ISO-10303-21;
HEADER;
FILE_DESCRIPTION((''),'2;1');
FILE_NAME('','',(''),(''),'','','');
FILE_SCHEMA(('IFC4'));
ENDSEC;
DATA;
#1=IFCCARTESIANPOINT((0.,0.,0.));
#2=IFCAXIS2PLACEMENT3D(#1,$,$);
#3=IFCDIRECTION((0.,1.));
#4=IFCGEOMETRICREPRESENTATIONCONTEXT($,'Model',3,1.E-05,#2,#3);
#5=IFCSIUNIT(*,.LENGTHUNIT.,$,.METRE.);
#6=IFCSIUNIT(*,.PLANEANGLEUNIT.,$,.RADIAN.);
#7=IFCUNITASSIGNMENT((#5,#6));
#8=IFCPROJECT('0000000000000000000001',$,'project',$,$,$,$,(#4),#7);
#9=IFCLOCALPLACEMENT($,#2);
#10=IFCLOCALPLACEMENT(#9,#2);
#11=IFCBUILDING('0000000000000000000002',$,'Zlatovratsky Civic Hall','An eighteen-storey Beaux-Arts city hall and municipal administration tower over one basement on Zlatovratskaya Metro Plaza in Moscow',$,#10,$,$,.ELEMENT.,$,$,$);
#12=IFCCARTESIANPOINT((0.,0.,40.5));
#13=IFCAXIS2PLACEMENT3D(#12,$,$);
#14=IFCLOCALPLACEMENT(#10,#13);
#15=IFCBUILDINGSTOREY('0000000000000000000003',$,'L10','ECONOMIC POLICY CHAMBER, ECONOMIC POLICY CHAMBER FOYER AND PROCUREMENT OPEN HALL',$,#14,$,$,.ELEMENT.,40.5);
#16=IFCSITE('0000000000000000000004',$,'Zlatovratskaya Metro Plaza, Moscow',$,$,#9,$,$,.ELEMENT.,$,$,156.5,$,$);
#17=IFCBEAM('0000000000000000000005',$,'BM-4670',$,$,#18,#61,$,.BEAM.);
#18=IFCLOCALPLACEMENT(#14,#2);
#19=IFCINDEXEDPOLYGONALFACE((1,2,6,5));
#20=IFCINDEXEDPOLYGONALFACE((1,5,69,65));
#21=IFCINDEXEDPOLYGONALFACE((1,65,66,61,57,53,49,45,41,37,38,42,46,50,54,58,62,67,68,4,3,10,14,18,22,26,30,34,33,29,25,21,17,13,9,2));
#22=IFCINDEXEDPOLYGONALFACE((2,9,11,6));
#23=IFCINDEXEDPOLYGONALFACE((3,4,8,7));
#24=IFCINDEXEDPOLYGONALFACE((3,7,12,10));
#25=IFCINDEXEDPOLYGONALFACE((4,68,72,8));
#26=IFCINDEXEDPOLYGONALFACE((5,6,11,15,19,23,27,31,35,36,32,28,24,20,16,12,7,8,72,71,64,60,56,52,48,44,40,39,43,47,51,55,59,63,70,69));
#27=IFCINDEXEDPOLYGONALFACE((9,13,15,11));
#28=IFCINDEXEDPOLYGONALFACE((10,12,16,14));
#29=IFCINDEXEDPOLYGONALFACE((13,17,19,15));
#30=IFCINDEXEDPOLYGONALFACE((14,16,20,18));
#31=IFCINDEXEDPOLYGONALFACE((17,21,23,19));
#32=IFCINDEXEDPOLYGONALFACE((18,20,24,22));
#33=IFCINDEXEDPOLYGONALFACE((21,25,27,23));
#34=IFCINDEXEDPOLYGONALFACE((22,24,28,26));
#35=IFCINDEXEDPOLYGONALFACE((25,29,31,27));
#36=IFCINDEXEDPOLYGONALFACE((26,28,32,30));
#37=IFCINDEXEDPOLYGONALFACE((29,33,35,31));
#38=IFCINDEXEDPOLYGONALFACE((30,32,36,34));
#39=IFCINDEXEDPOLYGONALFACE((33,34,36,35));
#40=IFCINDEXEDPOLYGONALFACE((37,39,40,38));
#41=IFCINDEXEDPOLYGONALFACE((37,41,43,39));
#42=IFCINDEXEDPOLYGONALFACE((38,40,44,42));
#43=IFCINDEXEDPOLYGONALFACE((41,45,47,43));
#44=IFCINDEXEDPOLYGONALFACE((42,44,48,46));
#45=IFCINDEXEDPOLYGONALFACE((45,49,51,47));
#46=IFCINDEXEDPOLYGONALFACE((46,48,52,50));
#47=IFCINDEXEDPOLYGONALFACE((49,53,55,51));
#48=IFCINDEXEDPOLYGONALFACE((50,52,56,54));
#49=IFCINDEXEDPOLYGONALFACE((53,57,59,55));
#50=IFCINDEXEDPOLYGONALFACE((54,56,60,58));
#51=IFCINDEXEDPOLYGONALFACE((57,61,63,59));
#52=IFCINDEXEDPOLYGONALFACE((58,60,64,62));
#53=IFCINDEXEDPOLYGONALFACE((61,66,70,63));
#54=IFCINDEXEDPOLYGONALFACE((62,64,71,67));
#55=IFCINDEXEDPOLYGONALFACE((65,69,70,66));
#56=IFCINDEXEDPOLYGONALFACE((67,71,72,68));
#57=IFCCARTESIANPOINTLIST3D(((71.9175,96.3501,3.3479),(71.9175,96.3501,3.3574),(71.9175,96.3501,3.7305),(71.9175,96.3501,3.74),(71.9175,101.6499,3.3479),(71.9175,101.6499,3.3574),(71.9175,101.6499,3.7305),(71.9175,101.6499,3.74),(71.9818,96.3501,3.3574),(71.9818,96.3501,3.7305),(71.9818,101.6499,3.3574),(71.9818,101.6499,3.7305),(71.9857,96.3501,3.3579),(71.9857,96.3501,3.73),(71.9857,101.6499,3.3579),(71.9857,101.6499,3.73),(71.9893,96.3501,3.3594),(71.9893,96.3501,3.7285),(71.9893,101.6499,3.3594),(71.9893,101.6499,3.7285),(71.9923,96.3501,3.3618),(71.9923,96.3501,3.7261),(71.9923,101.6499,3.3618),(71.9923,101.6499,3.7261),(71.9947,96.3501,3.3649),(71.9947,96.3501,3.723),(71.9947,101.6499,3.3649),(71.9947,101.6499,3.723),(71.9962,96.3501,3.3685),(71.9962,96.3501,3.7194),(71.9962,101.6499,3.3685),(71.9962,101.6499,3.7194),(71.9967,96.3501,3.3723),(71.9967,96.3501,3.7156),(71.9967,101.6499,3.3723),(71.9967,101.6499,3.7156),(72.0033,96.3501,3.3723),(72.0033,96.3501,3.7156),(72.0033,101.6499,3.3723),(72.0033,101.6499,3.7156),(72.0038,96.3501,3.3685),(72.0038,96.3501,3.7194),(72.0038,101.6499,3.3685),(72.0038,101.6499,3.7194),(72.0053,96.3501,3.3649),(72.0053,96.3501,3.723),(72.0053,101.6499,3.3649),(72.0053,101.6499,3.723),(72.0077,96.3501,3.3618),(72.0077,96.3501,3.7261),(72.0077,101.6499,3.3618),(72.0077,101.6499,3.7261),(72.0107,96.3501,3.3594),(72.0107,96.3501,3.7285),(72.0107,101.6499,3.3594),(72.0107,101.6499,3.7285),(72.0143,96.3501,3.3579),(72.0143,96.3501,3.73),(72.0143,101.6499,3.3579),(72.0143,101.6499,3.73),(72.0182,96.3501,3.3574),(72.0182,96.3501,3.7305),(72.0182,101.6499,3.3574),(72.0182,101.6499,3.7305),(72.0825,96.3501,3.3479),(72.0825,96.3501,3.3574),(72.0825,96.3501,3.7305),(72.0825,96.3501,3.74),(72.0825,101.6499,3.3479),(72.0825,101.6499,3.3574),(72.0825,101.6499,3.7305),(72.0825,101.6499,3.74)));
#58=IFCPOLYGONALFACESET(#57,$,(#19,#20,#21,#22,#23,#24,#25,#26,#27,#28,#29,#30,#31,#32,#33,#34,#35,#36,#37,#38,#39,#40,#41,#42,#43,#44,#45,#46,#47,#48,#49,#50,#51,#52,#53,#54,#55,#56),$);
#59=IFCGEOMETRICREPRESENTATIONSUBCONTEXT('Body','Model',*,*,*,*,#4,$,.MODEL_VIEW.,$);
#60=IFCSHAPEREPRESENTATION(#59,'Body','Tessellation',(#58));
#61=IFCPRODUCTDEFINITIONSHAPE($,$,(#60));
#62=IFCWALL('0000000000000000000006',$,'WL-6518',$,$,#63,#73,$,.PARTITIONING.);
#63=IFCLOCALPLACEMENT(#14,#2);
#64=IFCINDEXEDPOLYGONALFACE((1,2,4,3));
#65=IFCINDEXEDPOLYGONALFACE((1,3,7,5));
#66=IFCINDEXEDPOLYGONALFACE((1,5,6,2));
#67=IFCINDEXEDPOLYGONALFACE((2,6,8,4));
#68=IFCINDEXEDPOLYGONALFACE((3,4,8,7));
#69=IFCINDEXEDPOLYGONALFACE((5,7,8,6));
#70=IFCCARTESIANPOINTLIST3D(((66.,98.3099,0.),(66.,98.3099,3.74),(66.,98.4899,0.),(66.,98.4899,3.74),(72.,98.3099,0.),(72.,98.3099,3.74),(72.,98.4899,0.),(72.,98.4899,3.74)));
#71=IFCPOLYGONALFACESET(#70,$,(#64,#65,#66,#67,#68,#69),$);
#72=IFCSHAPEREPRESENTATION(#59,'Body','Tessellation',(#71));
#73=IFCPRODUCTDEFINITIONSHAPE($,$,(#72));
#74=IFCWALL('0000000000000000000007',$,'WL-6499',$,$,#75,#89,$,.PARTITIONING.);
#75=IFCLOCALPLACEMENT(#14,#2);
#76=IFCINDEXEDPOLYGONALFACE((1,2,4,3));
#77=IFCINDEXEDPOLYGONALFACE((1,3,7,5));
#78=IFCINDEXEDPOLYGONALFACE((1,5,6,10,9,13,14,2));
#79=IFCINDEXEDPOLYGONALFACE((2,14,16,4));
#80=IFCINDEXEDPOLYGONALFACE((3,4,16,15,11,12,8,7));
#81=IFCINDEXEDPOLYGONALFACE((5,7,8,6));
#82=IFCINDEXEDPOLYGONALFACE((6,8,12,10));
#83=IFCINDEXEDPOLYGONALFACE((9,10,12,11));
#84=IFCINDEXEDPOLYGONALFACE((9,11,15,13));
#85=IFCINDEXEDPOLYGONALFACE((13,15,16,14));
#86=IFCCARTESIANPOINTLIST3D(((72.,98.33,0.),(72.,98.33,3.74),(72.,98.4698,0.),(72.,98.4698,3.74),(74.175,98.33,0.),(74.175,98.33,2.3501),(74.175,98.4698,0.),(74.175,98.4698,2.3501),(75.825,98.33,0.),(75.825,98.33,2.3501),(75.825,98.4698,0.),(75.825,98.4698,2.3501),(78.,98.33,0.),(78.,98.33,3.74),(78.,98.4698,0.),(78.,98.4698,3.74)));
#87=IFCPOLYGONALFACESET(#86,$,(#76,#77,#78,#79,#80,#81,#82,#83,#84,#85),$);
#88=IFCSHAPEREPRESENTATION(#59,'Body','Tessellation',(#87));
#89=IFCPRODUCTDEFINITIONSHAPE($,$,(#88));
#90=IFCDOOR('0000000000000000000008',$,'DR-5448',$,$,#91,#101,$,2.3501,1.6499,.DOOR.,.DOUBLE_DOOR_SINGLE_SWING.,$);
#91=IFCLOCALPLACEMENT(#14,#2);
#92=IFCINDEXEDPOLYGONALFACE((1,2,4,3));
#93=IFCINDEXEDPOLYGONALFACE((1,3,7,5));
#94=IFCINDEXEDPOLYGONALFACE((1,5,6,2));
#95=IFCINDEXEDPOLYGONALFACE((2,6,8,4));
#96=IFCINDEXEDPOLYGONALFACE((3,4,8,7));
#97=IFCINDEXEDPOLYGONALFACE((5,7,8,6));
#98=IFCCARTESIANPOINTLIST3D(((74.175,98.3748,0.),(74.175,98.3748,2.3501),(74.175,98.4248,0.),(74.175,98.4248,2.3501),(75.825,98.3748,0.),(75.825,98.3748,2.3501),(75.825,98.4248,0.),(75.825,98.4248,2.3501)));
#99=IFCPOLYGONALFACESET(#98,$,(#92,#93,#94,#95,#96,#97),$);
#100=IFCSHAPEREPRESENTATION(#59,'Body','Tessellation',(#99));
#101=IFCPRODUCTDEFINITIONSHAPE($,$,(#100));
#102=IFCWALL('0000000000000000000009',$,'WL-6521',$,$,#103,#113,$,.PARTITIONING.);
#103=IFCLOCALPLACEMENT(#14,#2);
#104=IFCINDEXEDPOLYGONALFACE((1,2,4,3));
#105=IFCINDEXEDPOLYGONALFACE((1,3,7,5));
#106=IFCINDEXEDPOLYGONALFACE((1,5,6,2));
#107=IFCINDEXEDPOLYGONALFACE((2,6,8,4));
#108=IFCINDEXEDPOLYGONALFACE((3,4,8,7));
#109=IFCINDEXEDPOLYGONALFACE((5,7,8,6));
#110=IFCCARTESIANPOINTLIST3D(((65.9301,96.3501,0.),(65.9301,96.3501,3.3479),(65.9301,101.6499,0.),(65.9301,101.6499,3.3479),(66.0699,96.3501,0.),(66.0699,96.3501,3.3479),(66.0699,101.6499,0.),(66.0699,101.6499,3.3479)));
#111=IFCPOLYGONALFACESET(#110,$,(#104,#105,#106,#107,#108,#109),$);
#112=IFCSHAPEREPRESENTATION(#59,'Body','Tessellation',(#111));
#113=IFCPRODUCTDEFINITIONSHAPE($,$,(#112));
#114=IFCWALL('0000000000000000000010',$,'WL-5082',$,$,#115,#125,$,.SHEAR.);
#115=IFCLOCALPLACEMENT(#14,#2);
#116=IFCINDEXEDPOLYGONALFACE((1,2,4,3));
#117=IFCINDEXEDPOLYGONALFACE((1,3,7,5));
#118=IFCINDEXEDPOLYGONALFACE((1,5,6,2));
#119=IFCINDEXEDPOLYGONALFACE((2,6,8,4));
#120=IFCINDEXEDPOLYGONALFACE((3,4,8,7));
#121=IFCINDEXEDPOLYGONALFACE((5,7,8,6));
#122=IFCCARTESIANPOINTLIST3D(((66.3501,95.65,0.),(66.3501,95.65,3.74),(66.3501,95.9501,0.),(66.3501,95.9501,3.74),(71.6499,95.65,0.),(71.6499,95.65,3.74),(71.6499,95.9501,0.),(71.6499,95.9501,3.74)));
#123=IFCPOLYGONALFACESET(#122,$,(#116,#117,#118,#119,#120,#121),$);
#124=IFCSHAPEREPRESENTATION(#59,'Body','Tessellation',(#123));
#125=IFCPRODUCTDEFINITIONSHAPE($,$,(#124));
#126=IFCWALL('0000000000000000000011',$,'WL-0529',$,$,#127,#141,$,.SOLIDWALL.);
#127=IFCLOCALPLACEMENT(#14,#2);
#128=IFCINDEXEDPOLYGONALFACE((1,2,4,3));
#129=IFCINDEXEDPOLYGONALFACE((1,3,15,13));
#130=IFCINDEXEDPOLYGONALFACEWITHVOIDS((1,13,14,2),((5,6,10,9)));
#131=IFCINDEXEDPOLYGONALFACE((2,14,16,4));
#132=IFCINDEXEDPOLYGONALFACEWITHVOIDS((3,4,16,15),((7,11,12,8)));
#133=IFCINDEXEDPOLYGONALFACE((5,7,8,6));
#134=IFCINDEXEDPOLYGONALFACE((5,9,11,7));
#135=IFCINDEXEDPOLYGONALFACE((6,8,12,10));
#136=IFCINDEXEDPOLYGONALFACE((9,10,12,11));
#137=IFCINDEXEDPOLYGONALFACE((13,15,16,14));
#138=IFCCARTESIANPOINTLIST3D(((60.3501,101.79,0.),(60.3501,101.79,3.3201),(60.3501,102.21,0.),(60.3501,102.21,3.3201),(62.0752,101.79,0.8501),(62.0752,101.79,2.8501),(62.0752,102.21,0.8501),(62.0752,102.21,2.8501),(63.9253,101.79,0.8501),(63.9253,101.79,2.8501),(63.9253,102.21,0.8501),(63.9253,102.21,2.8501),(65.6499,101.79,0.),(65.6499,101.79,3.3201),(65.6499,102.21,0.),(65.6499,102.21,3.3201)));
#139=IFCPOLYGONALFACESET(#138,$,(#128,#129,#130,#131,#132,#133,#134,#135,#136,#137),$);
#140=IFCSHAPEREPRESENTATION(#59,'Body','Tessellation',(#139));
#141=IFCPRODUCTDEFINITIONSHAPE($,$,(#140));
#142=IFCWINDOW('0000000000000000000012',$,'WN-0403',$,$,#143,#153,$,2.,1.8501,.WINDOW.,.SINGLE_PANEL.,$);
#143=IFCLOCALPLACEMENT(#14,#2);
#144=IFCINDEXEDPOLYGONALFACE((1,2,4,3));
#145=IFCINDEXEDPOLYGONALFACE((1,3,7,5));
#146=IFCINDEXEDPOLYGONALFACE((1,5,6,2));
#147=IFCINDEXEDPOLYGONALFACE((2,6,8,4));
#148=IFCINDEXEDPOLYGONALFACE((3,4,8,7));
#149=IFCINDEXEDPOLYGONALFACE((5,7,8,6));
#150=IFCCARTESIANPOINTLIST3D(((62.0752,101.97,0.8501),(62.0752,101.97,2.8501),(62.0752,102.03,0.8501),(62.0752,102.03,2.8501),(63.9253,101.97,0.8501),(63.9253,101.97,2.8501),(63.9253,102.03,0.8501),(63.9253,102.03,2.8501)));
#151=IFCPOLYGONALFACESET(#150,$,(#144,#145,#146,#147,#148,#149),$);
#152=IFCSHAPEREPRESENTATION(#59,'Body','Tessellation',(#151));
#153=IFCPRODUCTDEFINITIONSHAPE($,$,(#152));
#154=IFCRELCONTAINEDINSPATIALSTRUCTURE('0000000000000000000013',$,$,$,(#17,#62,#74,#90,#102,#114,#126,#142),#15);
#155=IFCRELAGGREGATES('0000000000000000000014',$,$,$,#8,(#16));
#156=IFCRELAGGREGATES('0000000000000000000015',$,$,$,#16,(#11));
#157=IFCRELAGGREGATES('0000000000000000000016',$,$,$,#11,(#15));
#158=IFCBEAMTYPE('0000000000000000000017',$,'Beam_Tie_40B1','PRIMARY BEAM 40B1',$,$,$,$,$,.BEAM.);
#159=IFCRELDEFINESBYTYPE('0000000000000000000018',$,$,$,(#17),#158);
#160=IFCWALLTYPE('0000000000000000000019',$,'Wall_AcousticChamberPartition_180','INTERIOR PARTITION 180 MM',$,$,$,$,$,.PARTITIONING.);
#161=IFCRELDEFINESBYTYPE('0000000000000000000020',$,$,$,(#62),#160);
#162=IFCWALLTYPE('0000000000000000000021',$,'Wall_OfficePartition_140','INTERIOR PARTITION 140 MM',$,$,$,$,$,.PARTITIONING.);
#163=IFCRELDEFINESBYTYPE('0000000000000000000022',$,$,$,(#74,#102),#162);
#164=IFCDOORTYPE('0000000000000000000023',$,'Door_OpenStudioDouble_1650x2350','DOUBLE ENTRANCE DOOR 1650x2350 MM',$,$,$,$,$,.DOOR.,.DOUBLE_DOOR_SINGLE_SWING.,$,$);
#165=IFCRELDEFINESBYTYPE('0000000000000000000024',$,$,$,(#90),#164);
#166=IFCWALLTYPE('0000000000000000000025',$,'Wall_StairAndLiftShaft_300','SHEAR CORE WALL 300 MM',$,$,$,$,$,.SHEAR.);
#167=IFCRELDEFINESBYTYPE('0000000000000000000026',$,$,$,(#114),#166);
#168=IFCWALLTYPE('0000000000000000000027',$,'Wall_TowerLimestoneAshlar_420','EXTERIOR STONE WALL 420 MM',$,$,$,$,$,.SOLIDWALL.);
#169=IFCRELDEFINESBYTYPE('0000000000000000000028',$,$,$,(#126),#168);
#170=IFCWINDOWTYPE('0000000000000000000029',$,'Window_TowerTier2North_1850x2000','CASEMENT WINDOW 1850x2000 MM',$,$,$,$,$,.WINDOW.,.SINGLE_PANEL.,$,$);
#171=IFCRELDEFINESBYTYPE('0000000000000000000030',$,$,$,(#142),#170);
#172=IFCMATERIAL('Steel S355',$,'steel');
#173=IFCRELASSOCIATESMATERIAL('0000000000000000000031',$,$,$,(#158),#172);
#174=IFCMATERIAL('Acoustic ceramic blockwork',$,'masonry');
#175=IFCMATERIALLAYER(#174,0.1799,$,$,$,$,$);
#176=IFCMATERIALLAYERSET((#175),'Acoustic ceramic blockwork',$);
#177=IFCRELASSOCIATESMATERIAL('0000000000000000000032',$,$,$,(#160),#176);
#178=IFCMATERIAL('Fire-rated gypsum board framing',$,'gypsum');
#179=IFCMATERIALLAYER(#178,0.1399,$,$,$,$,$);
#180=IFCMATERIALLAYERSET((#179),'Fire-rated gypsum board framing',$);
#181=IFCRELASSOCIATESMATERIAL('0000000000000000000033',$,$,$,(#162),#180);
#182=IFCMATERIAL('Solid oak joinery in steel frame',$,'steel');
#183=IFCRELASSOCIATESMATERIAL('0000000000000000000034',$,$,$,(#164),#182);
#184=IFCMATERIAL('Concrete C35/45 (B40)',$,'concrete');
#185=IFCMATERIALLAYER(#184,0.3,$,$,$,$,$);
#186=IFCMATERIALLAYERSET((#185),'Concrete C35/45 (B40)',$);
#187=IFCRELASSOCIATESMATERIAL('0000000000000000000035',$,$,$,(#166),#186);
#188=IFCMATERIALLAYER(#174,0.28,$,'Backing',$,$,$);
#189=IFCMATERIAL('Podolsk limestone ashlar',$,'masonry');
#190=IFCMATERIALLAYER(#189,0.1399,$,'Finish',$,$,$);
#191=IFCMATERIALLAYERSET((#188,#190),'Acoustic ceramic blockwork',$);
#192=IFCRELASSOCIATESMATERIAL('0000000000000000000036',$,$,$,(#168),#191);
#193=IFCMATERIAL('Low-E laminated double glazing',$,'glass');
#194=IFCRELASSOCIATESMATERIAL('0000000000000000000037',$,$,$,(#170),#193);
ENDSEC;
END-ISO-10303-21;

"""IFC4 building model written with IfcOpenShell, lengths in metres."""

from ifc_helpers import new_model, si_unit, direction, frame, frame_2d, origin, origin_2d, place, context, subcontext, project, spatial, rectangle, i_section, extrude, material, layer, layer_set, material_profile, profile_set, type_object, element, fill, save


model = new_model("IFC4")

# Units and contexts
model_context = context("Model", 3, precision=1e-05, world=origin(), true_north=direction((0.0, 1.0)))
body_context = subcontext(model_context, "Body", "Model", "MODEL_VIEW")
ifc_project = project(units=[si_unit("LENGTHUNIT", "METRE"), si_unit("PLANEANGLEUNIT", "RADIAN")], contexts=[model_context])

# Site, building, storey
site_placement = place(None, origin())
site = spatial("IfcSite", under=ifc_project, at=site_placement, Name="Zlatovratskaya Metro Plaza, Moscow", CompositionType="ELEMENT", RefElevation=156.5)
building_placement = place(site_placement, origin())
building = spatial("IfcBuilding", under=site, at=building_placement, Name="Zlatovratsky Civic Hall", Description="An eighteen-storey Beaux-Arts city hall and municipal administration tower over one basement on Zlatovratskaya Metro Plaza in Moscow", CompositionType="ELEMENT")
storey_placement = place(building_placement, frame((0.0, 0.0, 40.5)))
storey = spatial("IfcBuildingStorey", under=building, at=storey_placement, Name="L10", Description="ECONOMIC POLICY CHAMBER, ECONOMIC POLICY CHAMBER FOYER AND PROCUREMENT OPEN HALL", CompositionType="ELEMENT", Elevation=40.5)

# Shared definitions
ifc_material_1 = material(Name="Concrete C35/45 (B40)", Category="concrete")

# Beam
ifc_material_2 = material(Name="Steel S355", Category="steel")
ifc_material_profile_1 = material_profile(ifc_material_2, i_section(OverallWidth=0.165, OverallDepth=0.3921, WebThickness=0.0066, FlangeThickness=0.0095, FilletRadius=0.0149, at=origin_2d()), Name="40B1")
ifc_profile_set_1 = profile_set([ifc_material_profile_1], Name="Steel S355")
beam_type_1 = type_object("IfcBeamType", Name="Beam_Tie_40B1", Description="PRIMARY BEAM 40B1", PredefinedType="BEAM", material=ifc_profile_set_1)
for number, where, z_axis, x_axis, name in (
    (1, (72.0, 96.3501, 3.5439), (0.0, 1.0, 0.0), (-1.0, 0.0, 0.0), "BM-4670"),
):
    element("IfcBeam", number, at=place(storey_placement, frame(where, z_axis=z_axis, x_axis=x_axis)), inside=storey, type_object=beam_type_1, Name=name, PredefinedType="BEAM", context=body_context, shape_type="SweptSolid", body=[
        extrude(i_section(OverallWidth=0.165, OverallDepth=0.3921, WebThickness=0.0066, FlangeThickness=0.0095, FilletRadius=0.0149, at=origin_2d()), origin(), (0.0, 0.0, 1.0), 5.2998),
    ])

# Wall
ifc_material_3 = material(Name="Acoustic ceramic blockwork", Category="masonry")
ifc_layer_1 = layer(ifc_material_3, 0.1799)
ifc_layer_set_1 = layer_set([ifc_layer_1], Name="Acoustic ceramic blockwork")
wall_type_1 = type_object("IfcWallType", Name="Wall_AcousticChamberPartition_180", Description="INTERIOR PARTITION 180 MM", PredefinedType="PARTITIONING", material=ifc_layer_set_1)
wall_1_placement = place(storey_placement, frame((66.0, 98.3999, 0.0), z_axis=(0.0, 0.0, 1.0), x_axis=(1.0, 0.0, 0.0)))
element("IfcWall", 2, at=wall_1_placement, inside=storey, type_object=wall_type_1, Name="WL-6518", PredefinedType="PARTITIONING", context=body_context, shape_type="SweptSolid", body=[
    extrude(rectangle(XDim=6.0, YDim=0.1799, at=frame_2d((3.0, 0.0))), origin(), (0.0, 0.0, 1.0), 3.74),
])

# Wall, opening, door
ifc_material_4 = material(Name="Fire-rated gypsum board framing", Category="gypsum")
ifc_layer_2 = layer(ifc_material_4, 0.1399)
ifc_layer_set_2 = layer_set([ifc_layer_2], Name="Fire-rated gypsum board framing")
wall_type_2 = type_object("IfcWallType", Name="Wall_OfficePartition_140", Description="INTERIOR PARTITION 140 MM", PredefinedType="PARTITIONING", material=ifc_layer_set_2)
wall_2_placement = place(storey_placement, frame((72.0, 98.3999, 0.0), z_axis=(0.0, 0.0, 1.0), x_axis=(1.0, 0.0, 0.0)))
wall_2 = element("IfcWall", 3, at=wall_2_placement, inside=storey, type_object=wall_type_2, Name="WL-6499", PredefinedType="PARTITIONING", context=body_context, shape_type="SweptSolid", body=[
    extrude(rectangle(XDim=6.0, YDim=0.1399, at=frame_2d((3.0, 0.0))), origin(), (0.0, 0.0, 1.0), 3.74),
])
opening_1_placement = place(wall_2_placement, frame((2.175, 0.0, 0.0)))
opening_1 = element("IfcOpeningElement", 4, at=opening_1_placement, cuts=wall_2, PredefinedType="OPENING", context=body_context, shape_type="SweptSolid", body=[
    extrude(rectangle(XDim=1.6499, YDim=2.3501, at=frame_2d((0.825, 1.175))), frame((0.0, 0.085, 0.0), z_axis=(0.0, -1.0, 0.0), x_axis=(1.0, 0.0, 0.0)), (0.0, 0.0, 1.0), 0.1697),
])
ifc_material_5 = material(Name="Solid oak joinery in steel frame", Category="steel")
door_type = type_object("IfcDoorType", Name="Door_OpenStudioDouble_1650x2350", Description="DOUBLE ENTRANCE DOOR 1650x2350 MM", OperationType="DOUBLE_DOOR_SINGLE_SWING", PredefinedType="DOOR", material=ifc_material_5)
door_placement = place(opening_1_placement, origin())
door = element("IfcDoor", 5, at=door_placement, inside=storey, type_object=door_type, Name="DR-5448", OperationType="DOUBLE_DOOR_SINGLE_SWING", OverallHeight=2.3501, OverallWidth=1.6499, PredefinedType="DOOR", context=body_context, shape_type="SweptSolid", body=[
    extrude(rectangle(XDim=1.6499, YDim=2.3501, at=frame_2d((0.825, 1.175))), frame((0.0, 0.0249, 0.0), z_axis=(0.0, -1.0, 0.0), x_axis=(1.0, 0.0, 0.0)), (0.0, 0.0, 1.0), 0.05),
])
fill(opening_1, door)

# Walls
wall_3_placement = place(storey_placement, frame((66.0, 96.3501, 0.0), z_axis=(0.0, 0.0, 1.0), x_axis=(0.0, 1.0, 0.0)))
element("IfcWall", 6, at=wall_3_placement, inside=storey, type_object=wall_type_2, Name="WL-6521", PredefinedType="PARTITIONING", context=body_context, shape_type="SweptSolid", body=[
    extrude(rectangle(XDim=5.2998, YDim=0.1399, at=frame_2d((2.6499, 0.0))), origin(), (0.0, 0.0, 1.0), 3.3479),
])
ifc_layer_3 = layer(ifc_material_1, 0.3)
ifc_layer_set_3 = layer_set([ifc_layer_3], Name="Concrete C35/45 (B40)")
wall_type_3 = type_object("IfcWallType", Name="Wall_StairAndLiftShaft_300", Description="SHEAR CORE WALL 300 MM", PredefinedType="SHEAR", material=ifc_layer_set_3)
wall_4_placement = place(storey_placement, frame((66.3501, 95.8, 0.0), z_axis=(0.0, 0.0, 1.0), x_axis=(1.0, 0.0, 0.0)))
element("IfcWall", 7, at=wall_4_placement, inside=storey, type_object=wall_type_3, Name="WL-5082", PredefinedType="SHEAR", context=body_context, shape_type="SweptSolid", body=[
    extrude(rectangle(XDim=5.2998, YDim=0.3, at=frame_2d((2.6499, 0.0))), origin(), (0.0, 0.0, 1.0), 3.74),
])

# Wall, opening, window
ifc_layer_4 = layer(ifc_material_3, 0.28, Name="Backing")
ifc_material_6 = material(Name="Podolsk limestone ashlar", Category="masonry")
ifc_layer_5 = layer(ifc_material_6, 0.1399, Name="Finish")
ifc_layer_set_4 = layer_set([ifc_layer_4, ifc_layer_5], Name="Acoustic ceramic blockwork")
wall_type_4 = type_object("IfcWallType", Name="Wall_TowerLimestoneAshlar_420", Description="EXTERIOR STONE WALL 420 MM", PredefinedType="SOLIDWALL", material=ifc_layer_set_4)
wall_5_placement = place(storey_placement, frame((60.3501, 102.0, 0.0), z_axis=(0.0, 0.0, 1.0), x_axis=(1.0, 0.0, 0.0)))
wall_5 = element("IfcWall", 8, at=wall_5_placement, inside=storey, type_object=wall_type_4, Name="WL-0529", PredefinedType="SOLIDWALL", context=body_context, shape_type="SweptSolid", body=[
    extrude(rectangle(XDim=5.2998, YDim=0.4199, at=frame_2d((2.6499, 0.0))), origin(), (0.0, 0.0, 1.0), 3.3201),
])
opening_2_placement = place(wall_5_placement, frame((1.7251, 0.0, 0.8501)))
opening_2 = element("IfcOpeningElement", 9, at=opening_2_placement, cuts=wall_5, PredefinedType="OPENING", context=body_context, shape_type="SweptSolid", body=[
    extrude(rectangle(XDim=1.8501, YDim=2.0, at=frame_2d((0.925, 1.0))), frame((0.0, 0.2249, 0.0), z_axis=(0.0, -1.0, 0.0), x_axis=(1.0, 0.0, 0.0)), (0.0, 0.0, 1.0), 0.4497),
])
ifc_material_7 = material(Name="Low-E laminated double glazing", Category="glass")
window_type_1 = type_object("IfcWindowType", Name="Window_TowerTier2North_1850x2000", Description="CASEMENT WINDOW 1850x2000 MM", PartitioningType="SINGLE_PANEL", PredefinedType="WINDOW", material=ifc_material_7)
window_1_placement = place(opening_2_placement, origin())
window_1 = element("IfcWindow", 10, at=window_1_placement, inside=storey, type_object=window_type_1, Name="WN-0403", OverallHeight=2.0, OverallWidth=1.8501, PartitioningType="SINGLE_PANEL", PredefinedType="WINDOW", context=body_context, shape_type="SweptSolid", body=[
    extrude(rectangle(XDim=1.8501, YDim=2.0, at=frame_2d((0.925, 1.0))), frame((0.0, 0.03, 0.0), z_axis=(0.0, -1.0, 0.0), x_axis=(1.0, 0.0, 0.0)), (0.0, 0.0, 1.0), 0.0601),
])
fill(opening_2, window_1)

save(model, "model.ifc")
